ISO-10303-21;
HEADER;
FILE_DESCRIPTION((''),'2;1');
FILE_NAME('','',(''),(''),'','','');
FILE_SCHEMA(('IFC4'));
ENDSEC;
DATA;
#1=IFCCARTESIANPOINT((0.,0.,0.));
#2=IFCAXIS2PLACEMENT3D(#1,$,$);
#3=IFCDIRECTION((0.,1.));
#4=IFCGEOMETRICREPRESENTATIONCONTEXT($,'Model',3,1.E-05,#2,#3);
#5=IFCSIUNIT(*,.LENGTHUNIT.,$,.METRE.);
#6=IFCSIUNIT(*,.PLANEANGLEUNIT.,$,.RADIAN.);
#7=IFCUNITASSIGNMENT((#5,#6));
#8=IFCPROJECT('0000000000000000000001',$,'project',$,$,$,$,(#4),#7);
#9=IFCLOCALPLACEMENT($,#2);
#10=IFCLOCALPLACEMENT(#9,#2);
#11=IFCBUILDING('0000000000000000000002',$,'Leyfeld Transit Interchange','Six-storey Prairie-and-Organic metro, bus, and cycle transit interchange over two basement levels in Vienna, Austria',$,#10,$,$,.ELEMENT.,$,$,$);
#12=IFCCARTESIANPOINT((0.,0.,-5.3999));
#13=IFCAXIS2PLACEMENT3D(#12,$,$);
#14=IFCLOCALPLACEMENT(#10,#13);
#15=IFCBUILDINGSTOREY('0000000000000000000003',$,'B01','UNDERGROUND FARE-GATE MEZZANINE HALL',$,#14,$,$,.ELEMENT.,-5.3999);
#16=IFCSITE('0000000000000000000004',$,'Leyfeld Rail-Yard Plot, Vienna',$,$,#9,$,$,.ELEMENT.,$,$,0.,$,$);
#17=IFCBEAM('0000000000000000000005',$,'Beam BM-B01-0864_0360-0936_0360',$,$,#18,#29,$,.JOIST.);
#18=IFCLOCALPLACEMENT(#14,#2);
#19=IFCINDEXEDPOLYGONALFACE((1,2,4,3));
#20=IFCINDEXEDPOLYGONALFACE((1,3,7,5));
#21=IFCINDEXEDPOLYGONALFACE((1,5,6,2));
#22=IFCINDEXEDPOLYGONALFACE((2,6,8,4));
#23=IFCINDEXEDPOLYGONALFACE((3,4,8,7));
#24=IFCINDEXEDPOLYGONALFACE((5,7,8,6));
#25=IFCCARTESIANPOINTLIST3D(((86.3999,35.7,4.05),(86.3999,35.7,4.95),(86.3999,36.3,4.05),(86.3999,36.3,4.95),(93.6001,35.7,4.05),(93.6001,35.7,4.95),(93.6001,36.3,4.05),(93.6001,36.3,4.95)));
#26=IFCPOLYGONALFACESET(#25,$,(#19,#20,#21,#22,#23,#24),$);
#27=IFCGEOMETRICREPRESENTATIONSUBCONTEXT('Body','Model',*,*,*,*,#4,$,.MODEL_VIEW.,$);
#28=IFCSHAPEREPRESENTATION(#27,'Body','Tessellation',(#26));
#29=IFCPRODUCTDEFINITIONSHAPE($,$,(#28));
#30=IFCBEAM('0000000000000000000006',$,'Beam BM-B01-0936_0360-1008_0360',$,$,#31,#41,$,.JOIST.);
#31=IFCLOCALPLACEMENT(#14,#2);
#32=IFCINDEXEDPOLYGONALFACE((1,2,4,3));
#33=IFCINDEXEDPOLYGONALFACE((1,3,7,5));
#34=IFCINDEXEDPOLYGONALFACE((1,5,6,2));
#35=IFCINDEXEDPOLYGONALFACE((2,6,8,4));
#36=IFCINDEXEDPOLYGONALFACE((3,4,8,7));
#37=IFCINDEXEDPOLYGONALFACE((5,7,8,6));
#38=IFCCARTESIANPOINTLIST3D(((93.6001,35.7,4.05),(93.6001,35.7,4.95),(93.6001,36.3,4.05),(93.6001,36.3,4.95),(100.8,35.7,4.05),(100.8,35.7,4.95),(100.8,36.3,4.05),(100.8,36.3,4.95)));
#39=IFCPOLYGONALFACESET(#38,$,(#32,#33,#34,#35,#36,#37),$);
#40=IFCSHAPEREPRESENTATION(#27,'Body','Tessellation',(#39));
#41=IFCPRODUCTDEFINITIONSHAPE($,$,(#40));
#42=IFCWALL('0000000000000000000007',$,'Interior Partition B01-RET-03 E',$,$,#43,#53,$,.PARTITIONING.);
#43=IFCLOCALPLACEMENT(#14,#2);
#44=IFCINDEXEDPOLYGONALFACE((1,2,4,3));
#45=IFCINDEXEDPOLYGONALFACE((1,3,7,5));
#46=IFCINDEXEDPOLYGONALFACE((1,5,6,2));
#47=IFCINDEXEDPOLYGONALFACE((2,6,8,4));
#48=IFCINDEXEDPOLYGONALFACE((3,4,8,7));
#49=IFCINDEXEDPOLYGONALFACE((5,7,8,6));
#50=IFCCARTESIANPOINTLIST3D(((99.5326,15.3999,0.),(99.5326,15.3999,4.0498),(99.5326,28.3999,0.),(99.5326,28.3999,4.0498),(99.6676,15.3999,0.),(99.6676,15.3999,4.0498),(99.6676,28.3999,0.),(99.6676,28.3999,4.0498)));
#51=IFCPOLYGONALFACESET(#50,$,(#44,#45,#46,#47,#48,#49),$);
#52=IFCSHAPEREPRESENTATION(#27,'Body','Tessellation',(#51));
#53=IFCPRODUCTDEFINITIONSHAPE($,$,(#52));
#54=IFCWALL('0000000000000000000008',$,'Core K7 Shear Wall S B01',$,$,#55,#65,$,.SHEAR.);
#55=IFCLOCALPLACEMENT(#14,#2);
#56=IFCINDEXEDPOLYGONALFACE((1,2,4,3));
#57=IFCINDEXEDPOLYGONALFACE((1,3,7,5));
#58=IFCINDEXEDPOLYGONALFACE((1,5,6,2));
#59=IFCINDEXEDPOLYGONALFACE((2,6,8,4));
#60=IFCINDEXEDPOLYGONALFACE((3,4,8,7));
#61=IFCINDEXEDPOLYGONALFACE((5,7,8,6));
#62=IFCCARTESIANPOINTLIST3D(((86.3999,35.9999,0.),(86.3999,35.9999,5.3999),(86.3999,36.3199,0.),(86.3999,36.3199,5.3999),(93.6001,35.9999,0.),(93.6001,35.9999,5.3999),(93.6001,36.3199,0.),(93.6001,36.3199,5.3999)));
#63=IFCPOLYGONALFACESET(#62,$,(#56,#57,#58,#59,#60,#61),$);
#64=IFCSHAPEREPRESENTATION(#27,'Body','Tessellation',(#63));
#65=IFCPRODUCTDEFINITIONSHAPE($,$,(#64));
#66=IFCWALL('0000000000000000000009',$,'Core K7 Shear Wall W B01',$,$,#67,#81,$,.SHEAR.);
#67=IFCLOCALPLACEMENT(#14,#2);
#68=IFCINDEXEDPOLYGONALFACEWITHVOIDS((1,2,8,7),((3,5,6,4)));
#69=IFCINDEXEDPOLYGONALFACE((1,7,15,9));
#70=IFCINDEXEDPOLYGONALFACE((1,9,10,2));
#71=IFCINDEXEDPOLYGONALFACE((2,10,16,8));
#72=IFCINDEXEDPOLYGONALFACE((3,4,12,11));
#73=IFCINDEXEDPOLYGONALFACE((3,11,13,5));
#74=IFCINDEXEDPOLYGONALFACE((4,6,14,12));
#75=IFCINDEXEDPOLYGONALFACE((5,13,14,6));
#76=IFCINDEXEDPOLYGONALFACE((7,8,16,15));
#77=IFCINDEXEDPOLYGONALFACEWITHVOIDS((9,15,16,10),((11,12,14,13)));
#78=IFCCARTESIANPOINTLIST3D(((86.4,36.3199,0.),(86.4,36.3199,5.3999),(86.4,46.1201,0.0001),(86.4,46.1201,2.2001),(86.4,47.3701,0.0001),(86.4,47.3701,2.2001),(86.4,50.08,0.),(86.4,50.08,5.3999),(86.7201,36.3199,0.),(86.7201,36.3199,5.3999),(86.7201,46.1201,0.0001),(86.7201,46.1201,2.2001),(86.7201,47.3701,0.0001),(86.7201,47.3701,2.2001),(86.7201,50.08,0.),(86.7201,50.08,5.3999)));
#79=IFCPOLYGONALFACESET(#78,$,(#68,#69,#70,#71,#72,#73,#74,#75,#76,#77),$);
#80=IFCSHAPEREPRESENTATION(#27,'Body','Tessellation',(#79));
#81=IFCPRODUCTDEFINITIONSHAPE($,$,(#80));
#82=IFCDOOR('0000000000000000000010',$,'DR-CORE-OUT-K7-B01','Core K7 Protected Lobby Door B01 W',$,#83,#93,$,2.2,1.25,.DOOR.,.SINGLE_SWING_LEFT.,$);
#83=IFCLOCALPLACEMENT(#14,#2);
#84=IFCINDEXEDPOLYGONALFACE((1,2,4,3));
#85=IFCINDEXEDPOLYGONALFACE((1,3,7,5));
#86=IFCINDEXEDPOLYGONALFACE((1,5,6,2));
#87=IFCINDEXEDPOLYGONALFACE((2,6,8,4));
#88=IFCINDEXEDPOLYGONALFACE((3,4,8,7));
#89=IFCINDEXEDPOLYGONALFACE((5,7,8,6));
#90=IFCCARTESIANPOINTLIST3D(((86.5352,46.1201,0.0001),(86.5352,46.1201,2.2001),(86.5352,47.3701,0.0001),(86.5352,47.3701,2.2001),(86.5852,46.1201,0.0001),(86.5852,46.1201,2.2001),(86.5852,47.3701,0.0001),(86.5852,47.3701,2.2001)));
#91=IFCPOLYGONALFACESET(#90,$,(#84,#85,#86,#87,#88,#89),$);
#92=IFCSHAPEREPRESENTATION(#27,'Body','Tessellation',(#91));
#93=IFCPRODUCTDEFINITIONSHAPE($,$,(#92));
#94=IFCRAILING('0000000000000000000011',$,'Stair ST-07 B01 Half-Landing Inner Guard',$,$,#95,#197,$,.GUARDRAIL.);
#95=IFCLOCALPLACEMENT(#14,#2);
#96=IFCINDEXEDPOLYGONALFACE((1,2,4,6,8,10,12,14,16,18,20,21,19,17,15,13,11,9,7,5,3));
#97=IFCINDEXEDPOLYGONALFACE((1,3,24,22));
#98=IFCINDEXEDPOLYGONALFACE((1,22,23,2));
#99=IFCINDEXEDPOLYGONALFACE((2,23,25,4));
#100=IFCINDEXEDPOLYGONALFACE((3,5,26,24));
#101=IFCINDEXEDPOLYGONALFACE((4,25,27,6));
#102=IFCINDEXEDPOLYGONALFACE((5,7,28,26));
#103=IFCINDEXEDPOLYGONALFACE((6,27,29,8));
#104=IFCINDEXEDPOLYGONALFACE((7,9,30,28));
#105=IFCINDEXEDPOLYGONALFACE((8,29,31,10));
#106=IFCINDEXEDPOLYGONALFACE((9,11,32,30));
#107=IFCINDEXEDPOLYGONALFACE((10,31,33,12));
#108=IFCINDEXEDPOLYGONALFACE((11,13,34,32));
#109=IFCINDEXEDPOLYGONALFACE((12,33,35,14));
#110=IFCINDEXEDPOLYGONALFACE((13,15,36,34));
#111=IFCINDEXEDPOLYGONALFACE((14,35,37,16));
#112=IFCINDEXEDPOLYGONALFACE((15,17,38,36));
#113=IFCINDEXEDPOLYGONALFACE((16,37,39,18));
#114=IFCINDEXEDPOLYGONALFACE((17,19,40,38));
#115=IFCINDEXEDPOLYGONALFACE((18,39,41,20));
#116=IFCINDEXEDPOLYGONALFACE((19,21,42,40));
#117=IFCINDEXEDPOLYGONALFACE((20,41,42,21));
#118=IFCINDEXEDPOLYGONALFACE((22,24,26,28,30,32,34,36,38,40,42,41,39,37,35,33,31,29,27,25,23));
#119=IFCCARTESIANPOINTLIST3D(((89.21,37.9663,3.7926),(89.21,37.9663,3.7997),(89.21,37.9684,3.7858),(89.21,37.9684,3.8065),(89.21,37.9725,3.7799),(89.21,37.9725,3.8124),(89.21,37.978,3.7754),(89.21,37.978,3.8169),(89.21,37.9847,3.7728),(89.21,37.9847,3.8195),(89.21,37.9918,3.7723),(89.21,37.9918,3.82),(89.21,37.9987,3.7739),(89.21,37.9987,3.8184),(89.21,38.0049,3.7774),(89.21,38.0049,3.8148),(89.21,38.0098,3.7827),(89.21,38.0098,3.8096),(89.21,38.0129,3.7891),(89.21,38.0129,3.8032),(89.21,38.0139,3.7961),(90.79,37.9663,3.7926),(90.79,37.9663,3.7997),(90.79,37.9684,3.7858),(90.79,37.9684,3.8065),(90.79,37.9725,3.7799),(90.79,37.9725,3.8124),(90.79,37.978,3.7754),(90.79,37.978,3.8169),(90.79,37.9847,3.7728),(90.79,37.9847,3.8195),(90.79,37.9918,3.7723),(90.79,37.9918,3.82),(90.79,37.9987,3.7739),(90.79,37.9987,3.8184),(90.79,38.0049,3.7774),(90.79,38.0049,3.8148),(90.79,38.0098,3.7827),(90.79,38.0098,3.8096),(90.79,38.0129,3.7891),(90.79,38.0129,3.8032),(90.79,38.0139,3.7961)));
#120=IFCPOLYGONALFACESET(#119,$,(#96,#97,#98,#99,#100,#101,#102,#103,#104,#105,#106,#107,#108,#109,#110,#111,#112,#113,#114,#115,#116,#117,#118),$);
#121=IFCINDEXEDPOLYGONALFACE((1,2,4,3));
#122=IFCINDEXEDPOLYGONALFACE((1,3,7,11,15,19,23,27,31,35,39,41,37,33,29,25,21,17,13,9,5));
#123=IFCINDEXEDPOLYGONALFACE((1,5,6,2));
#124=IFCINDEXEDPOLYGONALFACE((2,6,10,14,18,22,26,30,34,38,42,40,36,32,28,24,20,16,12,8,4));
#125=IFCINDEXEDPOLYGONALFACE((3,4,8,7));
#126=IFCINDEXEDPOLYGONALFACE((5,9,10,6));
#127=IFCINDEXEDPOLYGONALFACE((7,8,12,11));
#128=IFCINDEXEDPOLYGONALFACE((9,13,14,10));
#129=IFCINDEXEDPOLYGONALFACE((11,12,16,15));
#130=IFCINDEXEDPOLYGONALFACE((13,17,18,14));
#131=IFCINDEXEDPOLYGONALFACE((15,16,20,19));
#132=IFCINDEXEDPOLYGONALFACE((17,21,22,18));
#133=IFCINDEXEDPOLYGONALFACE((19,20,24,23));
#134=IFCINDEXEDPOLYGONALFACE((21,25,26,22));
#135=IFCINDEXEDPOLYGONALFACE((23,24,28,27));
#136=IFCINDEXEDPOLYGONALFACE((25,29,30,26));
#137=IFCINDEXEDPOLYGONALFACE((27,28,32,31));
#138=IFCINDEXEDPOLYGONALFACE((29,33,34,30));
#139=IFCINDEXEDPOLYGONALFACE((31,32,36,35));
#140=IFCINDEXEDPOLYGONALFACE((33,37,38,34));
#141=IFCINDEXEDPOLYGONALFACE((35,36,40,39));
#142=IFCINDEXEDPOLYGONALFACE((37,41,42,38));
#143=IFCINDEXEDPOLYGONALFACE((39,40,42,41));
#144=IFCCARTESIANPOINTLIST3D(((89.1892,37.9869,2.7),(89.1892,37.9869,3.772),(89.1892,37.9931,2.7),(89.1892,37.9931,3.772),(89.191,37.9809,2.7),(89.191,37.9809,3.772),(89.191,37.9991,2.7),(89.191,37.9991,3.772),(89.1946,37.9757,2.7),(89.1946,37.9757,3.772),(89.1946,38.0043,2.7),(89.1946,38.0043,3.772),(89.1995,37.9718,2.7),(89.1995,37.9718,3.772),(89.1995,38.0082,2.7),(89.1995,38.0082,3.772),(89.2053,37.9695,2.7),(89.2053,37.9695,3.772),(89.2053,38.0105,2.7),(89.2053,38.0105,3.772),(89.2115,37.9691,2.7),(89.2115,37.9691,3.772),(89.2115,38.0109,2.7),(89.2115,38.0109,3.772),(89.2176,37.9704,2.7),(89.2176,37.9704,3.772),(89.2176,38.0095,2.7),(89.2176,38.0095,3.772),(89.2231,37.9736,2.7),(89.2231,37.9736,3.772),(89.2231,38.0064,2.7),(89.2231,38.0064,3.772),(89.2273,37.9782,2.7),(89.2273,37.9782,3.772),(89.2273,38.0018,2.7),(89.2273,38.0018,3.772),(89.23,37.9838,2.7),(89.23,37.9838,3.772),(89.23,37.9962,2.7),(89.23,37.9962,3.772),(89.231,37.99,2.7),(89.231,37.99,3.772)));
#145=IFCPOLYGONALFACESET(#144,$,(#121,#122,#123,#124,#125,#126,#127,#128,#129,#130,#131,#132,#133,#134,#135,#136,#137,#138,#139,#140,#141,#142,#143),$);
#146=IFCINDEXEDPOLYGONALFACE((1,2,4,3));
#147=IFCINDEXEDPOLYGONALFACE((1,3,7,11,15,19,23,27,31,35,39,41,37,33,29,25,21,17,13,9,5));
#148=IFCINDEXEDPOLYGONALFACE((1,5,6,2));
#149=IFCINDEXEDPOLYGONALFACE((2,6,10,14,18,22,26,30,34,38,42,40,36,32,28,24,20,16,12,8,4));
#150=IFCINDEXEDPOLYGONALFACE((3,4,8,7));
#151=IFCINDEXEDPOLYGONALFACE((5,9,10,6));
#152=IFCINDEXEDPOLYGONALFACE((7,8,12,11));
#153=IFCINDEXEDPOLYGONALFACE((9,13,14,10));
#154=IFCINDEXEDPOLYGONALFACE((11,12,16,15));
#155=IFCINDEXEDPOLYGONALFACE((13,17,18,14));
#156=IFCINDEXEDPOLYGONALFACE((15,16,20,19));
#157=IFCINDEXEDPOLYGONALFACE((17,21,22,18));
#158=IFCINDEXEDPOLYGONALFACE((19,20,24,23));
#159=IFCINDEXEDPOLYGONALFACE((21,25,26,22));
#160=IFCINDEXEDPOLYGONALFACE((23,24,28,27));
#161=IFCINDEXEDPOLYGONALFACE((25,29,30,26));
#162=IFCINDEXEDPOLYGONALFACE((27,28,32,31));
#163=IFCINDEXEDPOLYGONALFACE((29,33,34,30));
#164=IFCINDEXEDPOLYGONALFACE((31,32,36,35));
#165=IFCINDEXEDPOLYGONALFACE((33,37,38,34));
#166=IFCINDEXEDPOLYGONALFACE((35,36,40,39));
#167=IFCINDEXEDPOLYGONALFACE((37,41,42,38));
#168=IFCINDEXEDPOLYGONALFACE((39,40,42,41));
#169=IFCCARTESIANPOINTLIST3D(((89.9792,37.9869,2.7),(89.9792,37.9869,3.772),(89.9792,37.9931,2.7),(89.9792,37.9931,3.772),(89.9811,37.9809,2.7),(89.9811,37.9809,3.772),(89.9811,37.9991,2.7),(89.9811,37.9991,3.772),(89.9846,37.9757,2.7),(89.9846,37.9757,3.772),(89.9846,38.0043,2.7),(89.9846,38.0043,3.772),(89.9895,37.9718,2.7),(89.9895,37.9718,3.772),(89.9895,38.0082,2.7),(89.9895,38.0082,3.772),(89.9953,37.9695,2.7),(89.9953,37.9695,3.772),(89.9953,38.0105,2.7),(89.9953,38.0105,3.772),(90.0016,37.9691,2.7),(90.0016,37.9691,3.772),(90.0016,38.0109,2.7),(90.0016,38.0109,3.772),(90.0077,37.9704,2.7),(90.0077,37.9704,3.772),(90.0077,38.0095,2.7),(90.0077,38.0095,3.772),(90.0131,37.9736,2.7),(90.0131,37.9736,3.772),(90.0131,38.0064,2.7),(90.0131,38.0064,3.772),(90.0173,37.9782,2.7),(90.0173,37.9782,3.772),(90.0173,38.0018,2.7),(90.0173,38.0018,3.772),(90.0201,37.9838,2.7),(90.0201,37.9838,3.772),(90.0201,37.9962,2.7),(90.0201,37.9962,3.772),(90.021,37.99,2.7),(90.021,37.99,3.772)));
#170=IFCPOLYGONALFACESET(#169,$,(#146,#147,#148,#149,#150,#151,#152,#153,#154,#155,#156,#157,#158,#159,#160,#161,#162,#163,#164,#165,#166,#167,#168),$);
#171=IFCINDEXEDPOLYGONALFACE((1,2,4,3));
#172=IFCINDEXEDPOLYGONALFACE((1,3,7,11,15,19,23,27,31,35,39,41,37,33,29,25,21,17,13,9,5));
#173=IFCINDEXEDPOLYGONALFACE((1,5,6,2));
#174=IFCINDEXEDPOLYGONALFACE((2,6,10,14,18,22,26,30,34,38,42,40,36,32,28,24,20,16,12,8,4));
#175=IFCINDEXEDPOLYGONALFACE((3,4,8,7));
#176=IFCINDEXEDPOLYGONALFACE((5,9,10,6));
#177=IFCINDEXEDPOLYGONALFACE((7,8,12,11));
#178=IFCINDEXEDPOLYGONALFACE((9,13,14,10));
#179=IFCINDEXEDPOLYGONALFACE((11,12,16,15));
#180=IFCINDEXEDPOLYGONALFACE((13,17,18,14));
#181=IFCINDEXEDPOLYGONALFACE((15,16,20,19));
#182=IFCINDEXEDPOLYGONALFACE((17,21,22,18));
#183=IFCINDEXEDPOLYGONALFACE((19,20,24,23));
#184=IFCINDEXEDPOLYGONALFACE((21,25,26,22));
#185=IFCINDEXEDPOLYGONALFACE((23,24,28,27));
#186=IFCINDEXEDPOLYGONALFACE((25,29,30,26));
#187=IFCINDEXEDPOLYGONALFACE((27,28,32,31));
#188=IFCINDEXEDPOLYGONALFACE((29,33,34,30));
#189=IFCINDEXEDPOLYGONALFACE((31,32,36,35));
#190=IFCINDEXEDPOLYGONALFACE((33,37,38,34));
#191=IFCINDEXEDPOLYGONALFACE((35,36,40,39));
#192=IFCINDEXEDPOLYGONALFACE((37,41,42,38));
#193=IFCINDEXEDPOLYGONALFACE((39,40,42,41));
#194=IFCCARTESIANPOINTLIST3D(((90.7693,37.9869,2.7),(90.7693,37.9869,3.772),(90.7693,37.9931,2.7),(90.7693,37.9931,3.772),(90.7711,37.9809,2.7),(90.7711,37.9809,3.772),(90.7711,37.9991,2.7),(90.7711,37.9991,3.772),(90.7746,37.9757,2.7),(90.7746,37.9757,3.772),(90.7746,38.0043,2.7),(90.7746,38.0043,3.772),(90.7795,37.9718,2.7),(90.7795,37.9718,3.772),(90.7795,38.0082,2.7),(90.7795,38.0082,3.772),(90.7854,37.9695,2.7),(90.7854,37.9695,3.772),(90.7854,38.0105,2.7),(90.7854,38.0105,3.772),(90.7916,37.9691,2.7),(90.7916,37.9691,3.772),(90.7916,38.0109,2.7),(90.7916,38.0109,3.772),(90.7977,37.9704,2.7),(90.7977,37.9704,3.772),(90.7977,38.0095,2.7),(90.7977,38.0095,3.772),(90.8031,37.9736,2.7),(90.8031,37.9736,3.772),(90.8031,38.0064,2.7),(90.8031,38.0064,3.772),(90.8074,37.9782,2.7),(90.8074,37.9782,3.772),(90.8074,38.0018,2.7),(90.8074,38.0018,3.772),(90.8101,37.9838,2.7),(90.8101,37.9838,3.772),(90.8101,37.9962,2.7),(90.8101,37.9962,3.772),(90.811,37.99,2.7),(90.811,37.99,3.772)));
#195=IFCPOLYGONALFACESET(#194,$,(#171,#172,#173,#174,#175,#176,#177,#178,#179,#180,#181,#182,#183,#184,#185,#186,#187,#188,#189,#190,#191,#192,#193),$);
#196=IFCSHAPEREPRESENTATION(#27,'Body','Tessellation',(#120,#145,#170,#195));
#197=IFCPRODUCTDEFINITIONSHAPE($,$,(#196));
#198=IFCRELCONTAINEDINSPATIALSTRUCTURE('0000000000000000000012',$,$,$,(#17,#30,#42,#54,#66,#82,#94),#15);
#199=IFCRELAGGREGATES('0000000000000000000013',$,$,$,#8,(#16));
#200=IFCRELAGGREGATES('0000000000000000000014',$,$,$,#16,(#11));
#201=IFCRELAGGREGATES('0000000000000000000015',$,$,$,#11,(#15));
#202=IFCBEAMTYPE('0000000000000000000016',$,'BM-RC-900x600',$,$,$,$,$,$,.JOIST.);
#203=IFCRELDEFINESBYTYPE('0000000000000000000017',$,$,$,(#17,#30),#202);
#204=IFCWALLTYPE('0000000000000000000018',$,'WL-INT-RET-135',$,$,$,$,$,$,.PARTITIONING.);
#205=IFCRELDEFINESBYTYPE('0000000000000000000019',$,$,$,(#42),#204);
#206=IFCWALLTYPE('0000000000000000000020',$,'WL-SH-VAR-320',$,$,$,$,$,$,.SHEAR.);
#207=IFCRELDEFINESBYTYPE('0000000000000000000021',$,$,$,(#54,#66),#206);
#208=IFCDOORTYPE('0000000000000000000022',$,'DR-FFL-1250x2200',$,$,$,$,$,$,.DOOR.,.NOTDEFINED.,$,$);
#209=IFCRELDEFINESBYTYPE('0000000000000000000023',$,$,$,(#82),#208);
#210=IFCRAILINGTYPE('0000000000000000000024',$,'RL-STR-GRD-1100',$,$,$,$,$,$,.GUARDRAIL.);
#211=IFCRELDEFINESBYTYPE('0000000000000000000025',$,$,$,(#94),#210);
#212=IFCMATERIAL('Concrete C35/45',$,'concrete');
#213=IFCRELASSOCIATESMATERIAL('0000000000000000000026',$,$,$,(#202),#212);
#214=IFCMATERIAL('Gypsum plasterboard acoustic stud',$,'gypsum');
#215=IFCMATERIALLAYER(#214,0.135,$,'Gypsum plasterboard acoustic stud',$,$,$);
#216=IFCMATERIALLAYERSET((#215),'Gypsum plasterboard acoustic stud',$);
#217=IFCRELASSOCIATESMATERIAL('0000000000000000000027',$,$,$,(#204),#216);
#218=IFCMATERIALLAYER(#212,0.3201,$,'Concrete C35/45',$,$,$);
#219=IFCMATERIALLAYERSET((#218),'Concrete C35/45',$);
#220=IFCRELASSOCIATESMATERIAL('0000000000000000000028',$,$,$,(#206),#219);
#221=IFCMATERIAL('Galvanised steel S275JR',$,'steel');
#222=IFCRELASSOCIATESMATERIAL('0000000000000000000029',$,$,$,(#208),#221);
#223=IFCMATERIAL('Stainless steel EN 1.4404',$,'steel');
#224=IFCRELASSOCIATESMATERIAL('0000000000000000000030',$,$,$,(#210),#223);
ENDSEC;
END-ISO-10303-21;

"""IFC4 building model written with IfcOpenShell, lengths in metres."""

from ifc_helpers import new_model, si_unit, direction, frame, frame_2d, origin, origin_2d, place, context, subcontext, project, spatial, rectangle, circle, extrude, material, layer, layer_set, material_profile, profile_set, type_object, element, fill, save


model = new_model("IFC4")

# Units and contexts
model_context = context("Model", 3, precision=1e-05, world=origin(), true_north=direction((0.0, 1.0)))
body_context = subcontext(model_context, "Body", "Model", "MODEL_VIEW")
ifc_project = project(units=[si_unit("LENGTHUNIT", "METRE"), si_unit("PLANEANGLEUNIT", "RADIAN")], contexts=[model_context])

# Site, building, storey
site_placement = place(None, origin())
site = spatial("IfcSite", under=ifc_project, at=site_placement, Name="Leyfeld Rail-Yard Plot, Vienna", CompositionType="ELEMENT", RefElevation=0.0)
building_placement = place(site_placement, origin())
building = spatial("IfcBuilding", under=site, at=building_placement, Name="Leyfeld Transit Interchange", Description="Six-storey Prairie-and-Organic metro, bus, and cycle transit interchange over two basement levels in Vienna, Austria", CompositionType="ELEMENT")
storey_placement = place(building_placement, frame((0.0, 0.0, -5.3999)))
storey = spatial("IfcBuildingStorey", under=building, at=storey_placement, Name="B01", Description="UNDERGROUND FARE-GATE MEZZANINE HALL", CompositionType="ELEMENT", Elevation=-5.3999)

# Shared definitions
ifc_material_1 = material(Name="Concrete C35/45", Category="concrete")

# Beams
ifc_material_profile_1 = material_profile(ifc_material_1, rectangle(XDim=0.6001, YDim=0.8999, at=origin_2d()), Name="RC 900x600")
ifc_profile_set_1 = profile_set([ifc_material_profile_1], Name="Concrete C35/45")
beam_type_1 = type_object("IfcBeamType", Name="BM-RC-900x600", PredefinedType="JOIST", material=ifc_profile_set_1)
beam_1_placement = place(storey_placement, frame((86.3999, 36.0, 4.5), z_axis=(1.0, 0.0, 0.0), x_axis=(0.0, 1.0, 0.0)))
element("IfcBeam", 1, at=beam_1_placement, inside=storey, type_object=beam_type_1, Name="Beam BM-B01-0864_0360-0936_0360", PredefinedType="JOIST", context=body_context, shape_type="SweptSolid", body=[
    extrude(rectangle(XDim=0.6001, YDim=0.8999, at=origin_2d()), origin(), (0.0, 0.0, 1.0), 7.2002),
])
beam_2_placement = place(storey_placement, frame((93.6001, 36.0, 4.5), z_axis=(1.0, 0.0, 0.0), x_axis=(0.0, 1.0, 0.0)))
element("IfcBeam", 2, at=beam_2_placement, inside=storey, type_object=beam_type_1, Name="Beam BM-B01-0936_0360-1008_0360", PredefinedType="JOIST", context=body_context, shape_type="SweptSolid", body=[
    extrude(rectangle(XDim=0.6001, YDim=0.8999, at=origin_2d()), origin(), (0.0, 0.0, 1.0), 7.2),
])

# Walls
ifc_material_2 = material(Name="Gypsum plasterboard acoustic stud", Category="gypsum")
ifc_layer_1 = layer(ifc_material_2, 0.135, Name="Gypsum plasterboard acoustic stud")
ifc_layer_set_1 = layer_set([ifc_layer_1], Name="Gypsum plasterboard acoustic stud")
wall_type_1 = type_object("IfcWallType", Name="WL-INT-RET-135", PredefinedType="PARTITIONING", material=ifc_layer_set_1)
wall_1_placement = place(storey_placement, frame((99.6001, 28.3999, 0.0), z_axis=(0.0, 0.0, 1.0), x_axis=(0.0, -1.0, 0.0)))
element("IfcWall", 3, at=wall_1_placement, inside=storey, type_object=wall_type_1, Name="Interior Partition B01-RET-03 E", PredefinedType="PARTITIONING", context=body_context, shape_type="SweptSolid", body=[
    extrude(rectangle(XDim=13.0, YDim=0.135, at=frame_2d((6.5, 0.0))), origin(), (0.0, 0.0, 1.0), 4.0498),
])
ifc_layer_2 = layer(ifc_material_1, 0.3201, Name="Concrete C35/45")
ifc_layer_set_2 = layer_set([ifc_layer_2], Name="Concrete C35/45")
wall_type_2 = type_object("IfcWallType", Name="WL-SH-VAR-320", PredefinedType="SHEAR", material=ifc_layer_set_2)
wall_2_placement = place(storey_placement, frame((93.6001, 36.1599, 0.0), z_axis=(0.0, 0.0, 1.0), x_axis=(-1.0, 0.0, 0.0)))
element("IfcWall", 4, at=wall_2_placement, inside=storey, type_object=wall_type_2, Name="Core K7 Shear Wall S B01", PredefinedType="SHEAR", context=body_context, shape_type="SweptSolid", body=[
    extrude(rectangle(XDim=7.2002, YDim=0.3201, at=frame_2d((3.6001, 0.0))), origin(), (0.0, 0.0, 1.0), 5.3999),
])

# Wall, opening, door
wall_3_placement = place(storey_placement, frame((86.5601, 36.3201, 0.0), z_axis=(0.0, 0.0, 1.0), x_axis=(0.0, 1.0, 0.0)))
wall_3 = element("IfcWall", 5, at=wall_3_placement, inside=storey, type_object=wall_type_2, Name="Core K7 Shear Wall W B01", PredefinedType="SHEAR", context=body_context, shape_type="SweptSolid", body=[
    extrude(rectangle(XDim=13.76, YDim=0.3201, at=frame_2d((6.8799, 0.0))), origin(), (0.0, 0.0, 1.0), 5.3999),
])
opening_placement = place(wall_3_placement, frame((9.8, 0.0, 0.0)))
opening = element("IfcOpeningElement", 6, at=opening_placement, cuts=wall_3, PredefinedType="OPENING", context=body_context, shape_type="SweptSolid", body=[
    extrude(rectangle(XDim=1.25, YDim=2.2, at=frame_2d((0.625, 1.1001))), frame((0.0, 0.1699, 0.0), z_axis=(0.0, -1.0, 0.0), x_axis=(1.0, 0.0, 0.0)), (0.0, 0.0, 1.0), 0.3401),
])
ifc_material_3 = material(Name="Galvanised steel S275JR", Category="steel")
door_type = type_object("IfcDoorType", Name="DR-FFL-1250x2200", OperationType="NOTDEFINED", PredefinedType="DOOR", material=ifc_material_3)
door_placement = place(opening_placement, origin())
door = element("IfcDoor", 7, at=door_placement, inside=storey, type_object=door_type, Name="DR-CORE-OUT-K7-B01", Description="Core K7 Protected Lobby Door B01 W", OperationType="SINGLE_SWING_LEFT", OverallHeight=2.2, OverallWidth=1.25, PredefinedType="DOOR", context=body_context, shape_type="SweptSolid", body=[
    extrude(rectangle(XDim=1.25, YDim=2.2, at=frame_2d((0.625, 1.1001))), frame((0.0, 0.0249, 0.0), z_axis=(0.0, -1.0, 0.0), x_axis=(1.0, 0.0, 0.0)), (0.0, 0.0, 1.0), 0.05),
])
fill(opening, door)

# Railing
ifc_material_4 = material(Name="Stainless steel EN 1.4404", Category="steel")
railing_type = type_object("IfcRailingType", Name="RL-STR-GRD-1100", PredefinedType="GUARDRAIL", material=ifc_material_4)
railing_1_placement = place(storey_placement, frame((89.21, 37.99, 2.7)))
element("IfcRailing", 8, at=railing_1_placement, inside=storey, type_object=railing_type, Name="Stair ST-07 B01 Half-Landing Inner Guard", PredefinedType="GUARDRAIL", context=body_context, shape_type="SweptSolid", body=[
    extrude(circle(Radius=0.0239, at=origin_2d()), frame((0.0, 0.0, 1.0962), z_axis=(1.0, 0.0, 0.0), x_axis=(0.0, 1.0, 0.0)), (0.0, 0.0, 1.0), 1.5801),
    extrude(circle(Radius=0.021, at=origin_2d()), origin(), (0.0, 0.0, 1.0), 1.072),
    extrude(circle(Radius=0.021, at=origin_2d()), frame((0.79, 0.0, 0.0)), (0.0, 0.0, 1.0), 1.072),
    extrude(circle(Radius=0.021, at=origin_2d()), frame((1.5801, 0.0, 0.0)), (0.0, 0.0, 1.0), 1.072),
])

save(model, "model.ifc")
